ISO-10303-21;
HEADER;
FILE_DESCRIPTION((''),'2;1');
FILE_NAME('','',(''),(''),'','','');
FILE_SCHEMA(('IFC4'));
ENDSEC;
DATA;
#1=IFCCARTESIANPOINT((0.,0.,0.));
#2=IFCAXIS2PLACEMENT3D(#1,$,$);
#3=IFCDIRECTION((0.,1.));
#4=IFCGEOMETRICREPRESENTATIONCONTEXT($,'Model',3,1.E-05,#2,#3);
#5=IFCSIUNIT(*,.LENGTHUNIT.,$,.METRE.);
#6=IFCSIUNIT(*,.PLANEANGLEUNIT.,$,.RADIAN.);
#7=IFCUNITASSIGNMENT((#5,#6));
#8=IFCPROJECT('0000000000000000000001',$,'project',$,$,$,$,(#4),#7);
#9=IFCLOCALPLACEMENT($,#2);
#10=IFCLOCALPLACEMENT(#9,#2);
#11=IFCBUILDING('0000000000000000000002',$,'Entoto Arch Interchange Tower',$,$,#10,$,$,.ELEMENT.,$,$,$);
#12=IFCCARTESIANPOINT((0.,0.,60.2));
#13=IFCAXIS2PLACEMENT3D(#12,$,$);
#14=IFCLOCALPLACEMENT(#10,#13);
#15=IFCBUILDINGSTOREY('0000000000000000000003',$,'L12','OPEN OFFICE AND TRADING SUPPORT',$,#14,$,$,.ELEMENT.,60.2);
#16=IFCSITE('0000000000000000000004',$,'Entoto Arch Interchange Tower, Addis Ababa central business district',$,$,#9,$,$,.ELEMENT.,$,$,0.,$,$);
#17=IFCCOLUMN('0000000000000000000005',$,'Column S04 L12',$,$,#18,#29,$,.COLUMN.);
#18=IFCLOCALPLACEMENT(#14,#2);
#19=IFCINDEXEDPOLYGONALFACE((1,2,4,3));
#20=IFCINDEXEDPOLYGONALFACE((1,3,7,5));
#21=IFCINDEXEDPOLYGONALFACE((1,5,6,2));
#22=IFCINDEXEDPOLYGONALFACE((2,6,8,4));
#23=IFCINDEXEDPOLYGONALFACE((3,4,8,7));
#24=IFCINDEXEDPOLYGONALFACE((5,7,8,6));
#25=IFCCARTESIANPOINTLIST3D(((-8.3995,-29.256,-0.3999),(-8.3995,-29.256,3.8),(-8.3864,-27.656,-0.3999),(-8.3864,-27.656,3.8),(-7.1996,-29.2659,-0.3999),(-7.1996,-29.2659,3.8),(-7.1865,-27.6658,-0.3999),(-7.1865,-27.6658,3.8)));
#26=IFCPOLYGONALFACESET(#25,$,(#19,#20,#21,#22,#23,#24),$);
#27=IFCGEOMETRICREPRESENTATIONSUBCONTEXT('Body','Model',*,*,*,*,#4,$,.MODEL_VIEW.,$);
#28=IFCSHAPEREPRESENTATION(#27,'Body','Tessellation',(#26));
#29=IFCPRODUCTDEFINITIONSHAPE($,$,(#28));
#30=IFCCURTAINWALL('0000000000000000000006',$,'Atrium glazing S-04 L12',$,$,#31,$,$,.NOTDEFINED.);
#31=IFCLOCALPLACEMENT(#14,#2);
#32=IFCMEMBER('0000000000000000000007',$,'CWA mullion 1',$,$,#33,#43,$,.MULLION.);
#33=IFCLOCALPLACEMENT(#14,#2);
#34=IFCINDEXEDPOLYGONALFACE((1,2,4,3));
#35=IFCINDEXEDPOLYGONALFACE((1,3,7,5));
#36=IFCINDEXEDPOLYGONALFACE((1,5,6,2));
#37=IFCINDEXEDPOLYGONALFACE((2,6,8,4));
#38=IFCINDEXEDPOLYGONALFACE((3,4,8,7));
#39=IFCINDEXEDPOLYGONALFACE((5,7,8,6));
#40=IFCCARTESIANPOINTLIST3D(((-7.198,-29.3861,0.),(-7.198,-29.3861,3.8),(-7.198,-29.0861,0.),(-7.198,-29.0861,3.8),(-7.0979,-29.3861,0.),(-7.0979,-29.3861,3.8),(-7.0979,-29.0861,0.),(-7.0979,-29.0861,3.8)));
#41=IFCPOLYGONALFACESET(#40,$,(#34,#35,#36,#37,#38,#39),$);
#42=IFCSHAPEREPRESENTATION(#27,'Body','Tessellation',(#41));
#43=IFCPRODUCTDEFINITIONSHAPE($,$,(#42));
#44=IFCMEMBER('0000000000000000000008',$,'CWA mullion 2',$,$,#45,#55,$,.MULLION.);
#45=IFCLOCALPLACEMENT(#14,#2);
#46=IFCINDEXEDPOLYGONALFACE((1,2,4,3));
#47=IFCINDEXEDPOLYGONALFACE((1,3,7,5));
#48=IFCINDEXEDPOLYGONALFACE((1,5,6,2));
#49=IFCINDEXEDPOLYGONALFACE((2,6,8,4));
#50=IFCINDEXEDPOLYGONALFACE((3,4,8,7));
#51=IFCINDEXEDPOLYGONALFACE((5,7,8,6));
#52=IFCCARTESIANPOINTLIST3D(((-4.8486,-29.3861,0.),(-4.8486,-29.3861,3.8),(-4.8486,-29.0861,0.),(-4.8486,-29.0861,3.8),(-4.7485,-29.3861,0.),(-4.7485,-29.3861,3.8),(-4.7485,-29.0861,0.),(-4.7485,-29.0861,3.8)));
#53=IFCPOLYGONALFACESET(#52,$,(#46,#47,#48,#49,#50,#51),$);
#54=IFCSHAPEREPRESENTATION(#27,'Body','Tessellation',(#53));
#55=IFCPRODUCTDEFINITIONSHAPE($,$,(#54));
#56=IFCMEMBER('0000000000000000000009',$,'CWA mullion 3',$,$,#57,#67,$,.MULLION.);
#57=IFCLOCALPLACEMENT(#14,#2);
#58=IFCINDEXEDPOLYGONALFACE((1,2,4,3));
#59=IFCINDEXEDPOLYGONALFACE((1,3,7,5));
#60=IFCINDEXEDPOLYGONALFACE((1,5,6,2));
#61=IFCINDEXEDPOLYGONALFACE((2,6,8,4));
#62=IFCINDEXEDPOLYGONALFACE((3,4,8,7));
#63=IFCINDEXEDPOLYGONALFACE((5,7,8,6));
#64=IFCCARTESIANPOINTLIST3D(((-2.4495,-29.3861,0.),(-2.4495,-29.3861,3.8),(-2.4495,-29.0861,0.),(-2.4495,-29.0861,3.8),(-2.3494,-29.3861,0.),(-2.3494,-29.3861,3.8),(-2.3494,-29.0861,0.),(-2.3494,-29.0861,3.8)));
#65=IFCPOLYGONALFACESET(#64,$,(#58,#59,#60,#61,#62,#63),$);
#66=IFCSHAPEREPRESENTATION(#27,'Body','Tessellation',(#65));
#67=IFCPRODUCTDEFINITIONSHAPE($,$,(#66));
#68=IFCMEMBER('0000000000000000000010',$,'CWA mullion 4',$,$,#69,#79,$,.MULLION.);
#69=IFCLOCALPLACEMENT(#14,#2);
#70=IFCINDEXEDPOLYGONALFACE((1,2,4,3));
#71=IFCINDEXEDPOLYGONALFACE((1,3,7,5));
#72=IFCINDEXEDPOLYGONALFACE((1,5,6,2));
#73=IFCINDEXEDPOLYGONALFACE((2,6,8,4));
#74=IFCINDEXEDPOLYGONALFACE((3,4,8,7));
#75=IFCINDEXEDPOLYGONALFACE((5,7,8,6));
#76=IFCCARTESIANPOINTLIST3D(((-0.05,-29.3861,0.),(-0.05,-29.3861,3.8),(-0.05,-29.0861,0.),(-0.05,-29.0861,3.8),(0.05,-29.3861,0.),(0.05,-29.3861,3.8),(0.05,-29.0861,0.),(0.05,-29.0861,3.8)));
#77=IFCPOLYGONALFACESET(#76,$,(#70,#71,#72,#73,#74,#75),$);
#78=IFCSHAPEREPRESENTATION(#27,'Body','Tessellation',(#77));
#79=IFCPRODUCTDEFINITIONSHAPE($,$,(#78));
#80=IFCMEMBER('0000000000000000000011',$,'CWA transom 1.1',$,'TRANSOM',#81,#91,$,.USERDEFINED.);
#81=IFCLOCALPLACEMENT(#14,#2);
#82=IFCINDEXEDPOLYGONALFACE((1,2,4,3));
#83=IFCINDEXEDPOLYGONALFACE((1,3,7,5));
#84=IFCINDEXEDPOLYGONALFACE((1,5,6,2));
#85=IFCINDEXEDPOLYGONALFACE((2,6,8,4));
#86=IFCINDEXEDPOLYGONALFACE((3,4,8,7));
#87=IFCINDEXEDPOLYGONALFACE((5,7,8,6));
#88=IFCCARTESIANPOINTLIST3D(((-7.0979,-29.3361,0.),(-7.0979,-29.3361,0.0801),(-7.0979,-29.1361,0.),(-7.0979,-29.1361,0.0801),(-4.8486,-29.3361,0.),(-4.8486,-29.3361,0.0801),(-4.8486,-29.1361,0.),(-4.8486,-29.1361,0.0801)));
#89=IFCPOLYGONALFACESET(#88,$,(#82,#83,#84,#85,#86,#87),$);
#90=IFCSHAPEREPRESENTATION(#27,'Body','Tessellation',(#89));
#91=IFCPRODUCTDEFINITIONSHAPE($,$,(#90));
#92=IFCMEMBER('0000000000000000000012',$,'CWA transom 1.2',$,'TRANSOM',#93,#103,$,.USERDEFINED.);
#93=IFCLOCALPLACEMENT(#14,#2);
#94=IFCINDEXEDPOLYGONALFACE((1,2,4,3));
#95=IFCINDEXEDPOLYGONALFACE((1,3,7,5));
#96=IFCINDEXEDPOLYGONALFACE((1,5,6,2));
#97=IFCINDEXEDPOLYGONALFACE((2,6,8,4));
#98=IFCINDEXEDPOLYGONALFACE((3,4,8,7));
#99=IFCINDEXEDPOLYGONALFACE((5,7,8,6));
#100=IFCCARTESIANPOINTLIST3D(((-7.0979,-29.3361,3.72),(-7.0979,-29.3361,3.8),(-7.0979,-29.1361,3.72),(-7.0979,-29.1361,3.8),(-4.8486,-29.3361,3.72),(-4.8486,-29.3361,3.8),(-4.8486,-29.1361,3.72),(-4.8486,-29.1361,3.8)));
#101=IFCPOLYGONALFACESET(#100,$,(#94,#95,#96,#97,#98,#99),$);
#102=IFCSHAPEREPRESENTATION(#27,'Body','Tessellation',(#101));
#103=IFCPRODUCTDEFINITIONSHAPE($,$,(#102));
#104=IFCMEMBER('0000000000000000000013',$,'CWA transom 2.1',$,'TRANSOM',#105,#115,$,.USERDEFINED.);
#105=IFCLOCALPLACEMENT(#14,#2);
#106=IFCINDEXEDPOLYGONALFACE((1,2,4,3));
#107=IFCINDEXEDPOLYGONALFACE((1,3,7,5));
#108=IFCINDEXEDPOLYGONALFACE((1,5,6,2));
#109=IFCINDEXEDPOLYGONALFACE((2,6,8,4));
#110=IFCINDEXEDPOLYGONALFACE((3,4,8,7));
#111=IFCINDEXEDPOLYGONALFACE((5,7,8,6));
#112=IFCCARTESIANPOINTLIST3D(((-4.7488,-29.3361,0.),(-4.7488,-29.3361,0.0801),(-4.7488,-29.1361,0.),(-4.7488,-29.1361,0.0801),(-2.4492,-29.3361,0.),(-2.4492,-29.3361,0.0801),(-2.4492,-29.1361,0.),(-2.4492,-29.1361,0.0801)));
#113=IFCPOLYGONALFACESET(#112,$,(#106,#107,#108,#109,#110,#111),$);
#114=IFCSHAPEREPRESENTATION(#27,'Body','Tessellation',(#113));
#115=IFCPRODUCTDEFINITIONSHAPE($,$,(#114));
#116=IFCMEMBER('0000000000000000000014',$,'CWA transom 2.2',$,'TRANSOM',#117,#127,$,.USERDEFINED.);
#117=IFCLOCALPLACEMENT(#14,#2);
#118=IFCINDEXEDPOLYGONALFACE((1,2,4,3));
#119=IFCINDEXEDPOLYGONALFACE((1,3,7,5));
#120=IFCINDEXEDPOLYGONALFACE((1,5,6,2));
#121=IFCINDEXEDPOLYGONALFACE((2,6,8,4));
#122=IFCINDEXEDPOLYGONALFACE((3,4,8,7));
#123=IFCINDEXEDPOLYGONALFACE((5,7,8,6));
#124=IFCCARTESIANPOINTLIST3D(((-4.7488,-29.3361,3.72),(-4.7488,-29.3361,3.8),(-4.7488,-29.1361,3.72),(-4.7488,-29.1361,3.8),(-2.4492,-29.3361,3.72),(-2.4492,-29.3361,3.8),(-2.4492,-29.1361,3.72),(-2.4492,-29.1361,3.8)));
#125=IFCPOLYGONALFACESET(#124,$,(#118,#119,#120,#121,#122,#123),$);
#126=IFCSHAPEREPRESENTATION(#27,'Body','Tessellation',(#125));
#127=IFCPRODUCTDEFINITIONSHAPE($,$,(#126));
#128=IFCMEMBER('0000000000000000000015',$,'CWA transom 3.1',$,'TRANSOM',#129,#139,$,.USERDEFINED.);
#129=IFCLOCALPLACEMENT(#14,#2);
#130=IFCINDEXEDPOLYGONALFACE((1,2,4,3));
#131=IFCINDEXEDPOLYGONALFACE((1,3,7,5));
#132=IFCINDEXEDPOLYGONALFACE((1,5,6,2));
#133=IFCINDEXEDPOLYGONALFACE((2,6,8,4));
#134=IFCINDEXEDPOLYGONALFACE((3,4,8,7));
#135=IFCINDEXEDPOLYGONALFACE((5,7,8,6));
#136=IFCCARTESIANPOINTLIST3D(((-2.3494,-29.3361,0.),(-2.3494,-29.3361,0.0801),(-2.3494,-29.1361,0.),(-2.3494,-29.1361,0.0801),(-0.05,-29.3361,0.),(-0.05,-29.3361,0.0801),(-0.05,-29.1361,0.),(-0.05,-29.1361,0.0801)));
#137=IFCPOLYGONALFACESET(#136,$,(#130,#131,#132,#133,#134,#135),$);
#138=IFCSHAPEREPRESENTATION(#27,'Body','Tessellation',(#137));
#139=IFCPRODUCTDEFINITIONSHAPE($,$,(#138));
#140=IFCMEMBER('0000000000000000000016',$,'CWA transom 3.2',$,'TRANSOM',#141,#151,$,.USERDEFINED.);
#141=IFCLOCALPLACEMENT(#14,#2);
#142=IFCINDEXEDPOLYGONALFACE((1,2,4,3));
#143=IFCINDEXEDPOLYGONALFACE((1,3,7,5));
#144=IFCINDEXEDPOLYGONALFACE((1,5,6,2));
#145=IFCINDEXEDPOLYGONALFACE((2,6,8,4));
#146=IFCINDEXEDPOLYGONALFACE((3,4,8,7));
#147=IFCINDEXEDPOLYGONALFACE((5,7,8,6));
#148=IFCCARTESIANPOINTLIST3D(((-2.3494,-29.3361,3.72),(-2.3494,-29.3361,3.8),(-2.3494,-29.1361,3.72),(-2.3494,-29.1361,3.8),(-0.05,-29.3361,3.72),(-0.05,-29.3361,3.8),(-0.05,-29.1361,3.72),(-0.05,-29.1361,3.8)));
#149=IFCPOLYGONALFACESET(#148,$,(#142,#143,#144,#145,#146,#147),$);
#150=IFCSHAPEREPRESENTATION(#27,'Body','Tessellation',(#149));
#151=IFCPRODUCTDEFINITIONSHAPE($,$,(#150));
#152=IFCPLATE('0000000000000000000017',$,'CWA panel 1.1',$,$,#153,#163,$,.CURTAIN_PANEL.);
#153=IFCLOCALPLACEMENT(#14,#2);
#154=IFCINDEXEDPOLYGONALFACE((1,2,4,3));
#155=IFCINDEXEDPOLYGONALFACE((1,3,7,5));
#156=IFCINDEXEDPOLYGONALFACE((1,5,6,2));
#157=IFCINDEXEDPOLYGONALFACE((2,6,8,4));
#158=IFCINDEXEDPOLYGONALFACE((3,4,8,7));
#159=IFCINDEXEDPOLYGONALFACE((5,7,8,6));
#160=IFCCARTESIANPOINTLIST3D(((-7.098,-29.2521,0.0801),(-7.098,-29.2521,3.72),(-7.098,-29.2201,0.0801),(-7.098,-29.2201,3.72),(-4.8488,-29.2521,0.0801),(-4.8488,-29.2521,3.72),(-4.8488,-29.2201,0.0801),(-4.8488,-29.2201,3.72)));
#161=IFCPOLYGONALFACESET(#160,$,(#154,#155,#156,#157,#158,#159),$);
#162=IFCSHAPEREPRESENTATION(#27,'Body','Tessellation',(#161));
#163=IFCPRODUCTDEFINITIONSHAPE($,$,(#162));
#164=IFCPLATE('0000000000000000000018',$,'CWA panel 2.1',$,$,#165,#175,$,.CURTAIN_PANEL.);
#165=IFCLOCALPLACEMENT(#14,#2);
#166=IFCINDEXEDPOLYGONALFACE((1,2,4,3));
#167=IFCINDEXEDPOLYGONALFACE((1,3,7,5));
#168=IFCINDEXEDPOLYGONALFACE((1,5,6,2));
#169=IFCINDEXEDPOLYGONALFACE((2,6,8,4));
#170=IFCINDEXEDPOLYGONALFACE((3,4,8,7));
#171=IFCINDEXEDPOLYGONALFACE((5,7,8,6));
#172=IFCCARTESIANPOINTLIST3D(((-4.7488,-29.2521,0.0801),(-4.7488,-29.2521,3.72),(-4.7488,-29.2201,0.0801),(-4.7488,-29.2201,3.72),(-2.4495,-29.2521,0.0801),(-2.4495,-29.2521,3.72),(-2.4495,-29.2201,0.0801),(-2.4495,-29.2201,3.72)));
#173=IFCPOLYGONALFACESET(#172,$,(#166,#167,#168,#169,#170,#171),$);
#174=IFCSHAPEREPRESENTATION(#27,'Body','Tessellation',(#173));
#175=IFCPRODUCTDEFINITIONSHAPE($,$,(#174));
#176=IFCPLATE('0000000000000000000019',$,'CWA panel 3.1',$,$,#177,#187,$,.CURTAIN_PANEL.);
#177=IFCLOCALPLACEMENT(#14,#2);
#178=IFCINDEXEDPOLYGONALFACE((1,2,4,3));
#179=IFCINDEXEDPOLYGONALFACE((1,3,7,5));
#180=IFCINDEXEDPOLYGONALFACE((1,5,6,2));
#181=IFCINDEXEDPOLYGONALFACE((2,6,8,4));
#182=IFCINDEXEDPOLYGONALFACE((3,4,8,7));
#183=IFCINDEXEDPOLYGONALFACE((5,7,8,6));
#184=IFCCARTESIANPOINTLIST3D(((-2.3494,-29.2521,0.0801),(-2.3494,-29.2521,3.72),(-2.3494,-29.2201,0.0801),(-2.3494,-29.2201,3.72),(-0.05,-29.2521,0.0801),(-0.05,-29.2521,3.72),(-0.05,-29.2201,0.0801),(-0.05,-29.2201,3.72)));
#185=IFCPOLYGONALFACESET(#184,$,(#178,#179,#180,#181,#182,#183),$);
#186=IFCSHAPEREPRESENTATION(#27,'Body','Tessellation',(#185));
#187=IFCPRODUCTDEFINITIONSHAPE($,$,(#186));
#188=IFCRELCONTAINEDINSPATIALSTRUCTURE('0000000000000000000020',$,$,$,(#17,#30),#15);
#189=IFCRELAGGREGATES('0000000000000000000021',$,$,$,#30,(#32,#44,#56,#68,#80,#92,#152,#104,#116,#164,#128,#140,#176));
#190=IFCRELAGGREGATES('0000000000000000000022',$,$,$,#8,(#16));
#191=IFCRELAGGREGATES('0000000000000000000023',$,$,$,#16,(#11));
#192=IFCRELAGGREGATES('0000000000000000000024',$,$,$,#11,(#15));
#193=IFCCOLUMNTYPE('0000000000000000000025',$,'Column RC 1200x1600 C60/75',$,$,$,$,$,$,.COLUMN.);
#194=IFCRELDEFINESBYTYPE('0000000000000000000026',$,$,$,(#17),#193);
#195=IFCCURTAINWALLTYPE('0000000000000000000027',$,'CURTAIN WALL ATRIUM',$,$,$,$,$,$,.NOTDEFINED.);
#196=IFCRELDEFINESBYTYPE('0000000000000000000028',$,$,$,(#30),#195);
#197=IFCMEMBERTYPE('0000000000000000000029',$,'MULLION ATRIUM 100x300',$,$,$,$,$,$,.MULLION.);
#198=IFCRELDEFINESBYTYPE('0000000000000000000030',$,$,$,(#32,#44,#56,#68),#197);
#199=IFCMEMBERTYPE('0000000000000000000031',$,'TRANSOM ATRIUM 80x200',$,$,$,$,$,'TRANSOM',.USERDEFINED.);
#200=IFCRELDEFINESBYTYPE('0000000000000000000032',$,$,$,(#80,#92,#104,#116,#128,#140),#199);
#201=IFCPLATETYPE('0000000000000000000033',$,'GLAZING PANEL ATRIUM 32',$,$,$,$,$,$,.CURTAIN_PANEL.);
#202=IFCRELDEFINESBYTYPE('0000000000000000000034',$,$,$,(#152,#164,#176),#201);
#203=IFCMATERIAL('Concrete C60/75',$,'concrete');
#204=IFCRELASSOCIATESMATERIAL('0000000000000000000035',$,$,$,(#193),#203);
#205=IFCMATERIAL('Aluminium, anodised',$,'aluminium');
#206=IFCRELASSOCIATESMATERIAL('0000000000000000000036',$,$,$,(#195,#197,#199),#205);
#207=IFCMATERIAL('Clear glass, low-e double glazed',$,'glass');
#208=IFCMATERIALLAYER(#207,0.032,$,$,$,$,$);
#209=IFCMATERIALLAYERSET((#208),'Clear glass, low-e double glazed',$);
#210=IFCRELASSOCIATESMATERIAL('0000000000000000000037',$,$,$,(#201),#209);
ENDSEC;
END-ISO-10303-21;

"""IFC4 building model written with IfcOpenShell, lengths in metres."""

from ifc_helpers import new_model, si_unit, direction, frame, origin, origin_2d, place, context, subcontext, project, spatial, rectangle, extrude, material, layer, layer_set, material_profile, profile_set, type_object, element, aggregate, save


model = new_model("IFC4")

# Units and contexts
model_context = context("Model", 3, precision=1e-05, world=origin(), true_north=direction((0.0, 1.0)))
body_context = subcontext(model_context, "Body", "Model", "MODEL_VIEW")
ifc_project = project(units=[si_unit("LENGTHUNIT", "METRE"), si_unit("PLANEANGLEUNIT", "RADIAN")], contexts=[model_context])

# Site, building, storey
site_placement = place(None, origin())
site = spatial("IfcSite", under=ifc_project, at=site_placement, Name="Entoto Arch Interchange Tower, Addis Ababa central business district", CompositionType="ELEMENT", RefElevation=0.0)
building_placement = place(site_placement, origin())
building = spatial("IfcBuilding", under=site, at=building_placement, Name="Entoto Arch Interchange Tower", CompositionType="ELEMENT")
storey_placement = place(building_placement, frame((0.0, 0.0, 60.2)))
storey = spatial("IfcBuildingStorey", under=building, at=storey_placement, Name="L12", Description="OPEN OFFICE AND TRADING SUPPORT", CompositionType="ELEMENT", Elevation=60.2)

# Column
ifc_material_1 = material(Name="Concrete C60/75", Category="concrete")
ifc_material_profile_1 = material_profile(ifc_material_1, rectangle(XDim=1.2, YDim=1.6001, at=origin_2d()))
ifc_profile_set_1 = profile_set([ifc_material_profile_1], Name="Concrete C60/75")
column_type = type_object("IfcColumnType", Name="Column RC 1200x1600 C60/75", PredefinedType="COLUMN", material=ifc_profile_set_1)
column_placement = place(storey_placement, frame((-7.793, -28.4609, -0.3999), z_axis=(0.0, 0.0, 1.0), x_axis=(-0.999966, 0.008203, 0.0)))
element("IfcColumn", 1, at=column_placement, inside=storey, type_object=column_type, Name="Column S04 L12", PredefinedType="COLUMN", context=body_context, shape_type="SweptSolid", body=[
    extrude(rectangle(XDim=1.2, YDim=1.6001, at=origin_2d()), origin(), (0.0, 0.0, 1.0), 4.2),
])

# Curtain wall, members, plates
ifc_material_2 = material(Name="Aluminium, anodised", Category="aluminium")
curtain_wall_type = type_object("IfcCurtainWallType", Name="CURTAIN WALL ATRIUM", PredefinedType="NOTDEFINED", material=ifc_material_2)
curtain_wall_placement = place(storey_placement, origin())
curtain_wall = element("IfcCurtainWall", 2, at=curtain_wall_placement, inside=storey, type_object=curtain_wall_type, Name="Atrium glazing S-04 L12", PredefinedType="NOTDEFINED")
ifc_material_profile_2 = material_profile(ifc_material_2, rectangle(XDim=0.3, YDim=0.1001, at=origin_2d()))
ifc_profile_set_2 = profile_set([ifc_material_profile_2], Name="Aluminium, anodised")
member_type_1 = type_object("IfcMemberType", Name="MULLION ATRIUM 100x300", PredefinedType="MULLION", material=ifc_profile_set_2)
member_1_placement = place(storey_placement, frame((-7.1479, -29.2361, 0.0), z_axis=(0.0, 0.0, 1.0), x_axis=(0.0, 1.0, 0.0)))
member_1 = element("IfcMember", 3, at=member_1_placement, type_object=member_type_1, Name="CWA mullion 1", PredefinedType="MULLION", context=body_context, shape_type="SweptSolid", body=[
    extrude(rectangle(XDim=0.3, YDim=0.1001, at=origin_2d()), origin(), (0.0, 0.0, 1.0), 3.8),
])
member_2_placement = place(storey_placement, frame((-4.7986, -29.2361, 0.0), z_axis=(0.0, 0.0, 1.0), x_axis=(0.0, 1.0, 0.0)))
member_2 = element("IfcMember", 4, at=member_2_placement, type_object=member_type_1, Name="CWA mullion 2", PredefinedType="MULLION", context=body_context, shape_type="SweptSolid", body=[
    extrude(rectangle(XDim=0.3, YDim=0.1001, at=origin_2d()), origin(), (0.0, 0.0, 1.0), 3.8),
])
member_3_placement = place(storey_placement, frame((-2.3994, -29.2361, 0.0), z_axis=(0.0, 0.0, 1.0), x_axis=(0.0, 1.0, 0.0)))
member_3 = element("IfcMember", 5, at=member_3_placement, type_object=member_type_1, Name="CWA mullion 3", PredefinedType="MULLION", context=body_context, shape_type="SweptSolid", body=[
    extrude(rectangle(XDim=0.3, YDim=0.1001, at=origin_2d()), origin(), (0.0, 0.0, 1.0), 3.8),
])
member_4_placement = place(storey_placement, frame((0.0, -29.2361, 0.0), z_axis=(0.0, 0.0, 1.0), x_axis=(0.0, 1.0, 0.0)))
member_4 = element("IfcMember", 6, at=member_4_placement, type_object=member_type_1, Name="CWA mullion 4", PredefinedType="MULLION", context=body_context, shape_type="SweptSolid", body=[
    extrude(rectangle(XDim=0.3, YDim=0.1001, at=origin_2d()), origin(), (0.0, 0.0, 1.0), 3.8),
])
ifc_material_profile_3 = material_profile(ifc_material_2, rectangle(XDim=0.2, YDim=0.0801, at=origin_2d()))
ifc_profile_set_3 = profile_set([ifc_material_profile_3], Name="Aluminium, anodised")
member_type_2 = type_object("IfcMemberType", Name="TRANSOM ATRIUM 80x200", ElementType="TRANSOM", PredefinedType="USERDEFINED", material=ifc_profile_set_3)
member_5_placement = place(storey_placement, frame((-7.0979, -29.2361, 0.04), z_axis=(1.0, 0.0, 0.0), x_axis=(0.0, 1.0, 0.0)))
member_5 = element("IfcMember", 7, at=member_5_placement, type_object=member_type_2, Name="CWA transom 1.1", ObjectType="TRANSOM", PredefinedType="USERDEFINED", context=body_context, shape_type="SweptSolid", body=[
    extrude(rectangle(XDim=0.2, YDim=0.0801, at=origin_2d()), origin(), (0.0, 0.0, 1.0), 2.2493),
])
member_6_placement = place(storey_placement, frame((-7.0979, -29.2361, 3.76), z_axis=(1.0, 0.0, 0.0), x_axis=(0.0, 1.0, 0.0)))
member_6 = element("IfcMember", 8, at=member_6_placement, type_object=member_type_2, Name="CWA transom 1.2", ObjectType="TRANSOM", PredefinedType="USERDEFINED", context=body_context, shape_type="SweptSolid", body=[
    extrude(rectangle(XDim=0.2, YDim=0.0801, at=origin_2d()), origin(), (0.0, 0.0, 1.0), 2.2493),
])
member_7_placement = place(storey_placement, frame((-4.7488, -29.2361, 0.04), z_axis=(1.0, 0.0, 0.0), x_axis=(0.0, 1.0, 0.0)))
member_7 = element("IfcMember", 9, at=member_7_placement, type_object=member_type_2, Name="CWA transom 2.1", ObjectType="TRANSOM", PredefinedType="USERDEFINED", context=body_context, shape_type="SweptSolid", body=[
    extrude(rectangle(XDim=0.2, YDim=0.0801, at=origin_2d()), origin(), (0.0, 0.0, 1.0), 2.2996),
])
member_8_placement = place(storey_placement, frame((-4.7488, -29.2361, 3.76), z_axis=(1.0, 0.0, 0.0), x_axis=(0.0, 1.0, 0.0)))
member_8 = element("IfcMember", 10, at=member_8_placement, type_object=member_type_2, Name="CWA transom 2.2", ObjectType="TRANSOM", PredefinedType="USERDEFINED", context=body_context, shape_type="SweptSolid", body=[
    extrude(rectangle(XDim=0.2, YDim=0.0801, at=origin_2d()), origin(), (0.0, 0.0, 1.0), 2.2996),
])
member_9_placement = place(storey_placement, frame((-2.3494, -29.2361, 0.04), z_axis=(1.0, 0.0, 0.0), x_axis=(0.0, 1.0, 0.0)))
member_9 = element("IfcMember", 11, at=member_9_placement, type_object=member_type_2, Name="CWA transom 3.1", ObjectType="TRANSOM", PredefinedType="USERDEFINED", context=body_context, shape_type="SweptSolid", body=[
    extrude(rectangle(XDim=0.2, YDim=0.0801, at=origin_2d()), origin(), (0.0, 0.0, 1.0), 2.2993),
])
member_10_placement = place(storey_placement, frame((-2.3494, -29.2361, 3.76), z_axis=(1.0, 0.0, 0.0), x_axis=(0.0, 1.0, 0.0)))
member_10 = element("IfcMember", 12, at=member_10_placement, type_object=member_type_2, Name="CWA transom 3.2", ObjectType="TRANSOM", PredefinedType="USERDEFINED", context=body_context, shape_type="SweptSolid", body=[
    extrude(rectangle(XDim=0.2, YDim=0.0801, at=origin_2d()), origin(), (0.0, 0.0, 1.0), 2.2993),
])
ifc_material_3 = material(Name="Clear glass, low-e double glazed", Category="glass")
ifc_layer_1 = layer(ifc_material_3, 0.032)
ifc_layer_set_1 = layer_set([ifc_layer_1], Name="Clear glass, low-e double glazed")
plate_type = type_object("IfcPlateType", Name="GLAZING PANEL ATRIUM 32", PredefinedType="CURTAIN_PANEL", material=ifc_layer_set_1)
plate_1_placement = place(storey_placement, frame((-5.9734, -29.2361, 0.0801), z_axis=(0.0, 0.0, 1.0), x_axis=(1.0, 0.0, 0.0)))
plate_1 = element("IfcPlate", 13, at=plate_1_placement, type_object=plate_type, Name="CWA panel 1.1", PredefinedType="CURTAIN_PANEL", context=body_context, shape_type="SweptSolid", body=[
    extrude(rectangle(XDim=2.2493, YDim=0.032, at=origin_2d()), origin(), (0.0, 0.0, 1.0), 3.6399),
])
plate_2_placement = place(storey_placement, frame((-3.5991, -29.2361, 0.0801), z_axis=(0.0, 0.0, 1.0), x_axis=(1.0, 0.0, 0.0)))
plate_2 = element("IfcPlate", 14, at=plate_2_placement, type_object=plate_type, Name="CWA panel 2.1", PredefinedType="CURTAIN_PANEL", context=body_context, shape_type="SweptSolid", body=[
    extrude(rectangle(XDim=2.2993, YDim=0.032, at=origin_2d()), origin(), (0.0, 0.0, 1.0), 3.6399),
])
plate_3_placement = place(storey_placement, frame((-1.1997, -29.2361, 0.0801), z_axis=(0.0, 0.0, 1.0), x_axis=(1.0, 0.0, 0.0)))
plate_3 = element("IfcPlate", 15, at=plate_3_placement, type_object=plate_type, Name="CWA panel 3.1", PredefinedType="CURTAIN_PANEL", context=body_context, shape_type="SweptSolid", body=[
    extrude(rectangle(XDim=2.2993, YDim=0.032, at=origin_2d()), origin(), (0.0, 0.0, 1.0), 3.6399),
])
aggregate(curtain_wall, [member_1, member_2, member_3, member_4, member_5, member_6, plate_1, member_7, member_8, plate_2, member_9, member_10, plate_3])

save(model, "model.ifc")
